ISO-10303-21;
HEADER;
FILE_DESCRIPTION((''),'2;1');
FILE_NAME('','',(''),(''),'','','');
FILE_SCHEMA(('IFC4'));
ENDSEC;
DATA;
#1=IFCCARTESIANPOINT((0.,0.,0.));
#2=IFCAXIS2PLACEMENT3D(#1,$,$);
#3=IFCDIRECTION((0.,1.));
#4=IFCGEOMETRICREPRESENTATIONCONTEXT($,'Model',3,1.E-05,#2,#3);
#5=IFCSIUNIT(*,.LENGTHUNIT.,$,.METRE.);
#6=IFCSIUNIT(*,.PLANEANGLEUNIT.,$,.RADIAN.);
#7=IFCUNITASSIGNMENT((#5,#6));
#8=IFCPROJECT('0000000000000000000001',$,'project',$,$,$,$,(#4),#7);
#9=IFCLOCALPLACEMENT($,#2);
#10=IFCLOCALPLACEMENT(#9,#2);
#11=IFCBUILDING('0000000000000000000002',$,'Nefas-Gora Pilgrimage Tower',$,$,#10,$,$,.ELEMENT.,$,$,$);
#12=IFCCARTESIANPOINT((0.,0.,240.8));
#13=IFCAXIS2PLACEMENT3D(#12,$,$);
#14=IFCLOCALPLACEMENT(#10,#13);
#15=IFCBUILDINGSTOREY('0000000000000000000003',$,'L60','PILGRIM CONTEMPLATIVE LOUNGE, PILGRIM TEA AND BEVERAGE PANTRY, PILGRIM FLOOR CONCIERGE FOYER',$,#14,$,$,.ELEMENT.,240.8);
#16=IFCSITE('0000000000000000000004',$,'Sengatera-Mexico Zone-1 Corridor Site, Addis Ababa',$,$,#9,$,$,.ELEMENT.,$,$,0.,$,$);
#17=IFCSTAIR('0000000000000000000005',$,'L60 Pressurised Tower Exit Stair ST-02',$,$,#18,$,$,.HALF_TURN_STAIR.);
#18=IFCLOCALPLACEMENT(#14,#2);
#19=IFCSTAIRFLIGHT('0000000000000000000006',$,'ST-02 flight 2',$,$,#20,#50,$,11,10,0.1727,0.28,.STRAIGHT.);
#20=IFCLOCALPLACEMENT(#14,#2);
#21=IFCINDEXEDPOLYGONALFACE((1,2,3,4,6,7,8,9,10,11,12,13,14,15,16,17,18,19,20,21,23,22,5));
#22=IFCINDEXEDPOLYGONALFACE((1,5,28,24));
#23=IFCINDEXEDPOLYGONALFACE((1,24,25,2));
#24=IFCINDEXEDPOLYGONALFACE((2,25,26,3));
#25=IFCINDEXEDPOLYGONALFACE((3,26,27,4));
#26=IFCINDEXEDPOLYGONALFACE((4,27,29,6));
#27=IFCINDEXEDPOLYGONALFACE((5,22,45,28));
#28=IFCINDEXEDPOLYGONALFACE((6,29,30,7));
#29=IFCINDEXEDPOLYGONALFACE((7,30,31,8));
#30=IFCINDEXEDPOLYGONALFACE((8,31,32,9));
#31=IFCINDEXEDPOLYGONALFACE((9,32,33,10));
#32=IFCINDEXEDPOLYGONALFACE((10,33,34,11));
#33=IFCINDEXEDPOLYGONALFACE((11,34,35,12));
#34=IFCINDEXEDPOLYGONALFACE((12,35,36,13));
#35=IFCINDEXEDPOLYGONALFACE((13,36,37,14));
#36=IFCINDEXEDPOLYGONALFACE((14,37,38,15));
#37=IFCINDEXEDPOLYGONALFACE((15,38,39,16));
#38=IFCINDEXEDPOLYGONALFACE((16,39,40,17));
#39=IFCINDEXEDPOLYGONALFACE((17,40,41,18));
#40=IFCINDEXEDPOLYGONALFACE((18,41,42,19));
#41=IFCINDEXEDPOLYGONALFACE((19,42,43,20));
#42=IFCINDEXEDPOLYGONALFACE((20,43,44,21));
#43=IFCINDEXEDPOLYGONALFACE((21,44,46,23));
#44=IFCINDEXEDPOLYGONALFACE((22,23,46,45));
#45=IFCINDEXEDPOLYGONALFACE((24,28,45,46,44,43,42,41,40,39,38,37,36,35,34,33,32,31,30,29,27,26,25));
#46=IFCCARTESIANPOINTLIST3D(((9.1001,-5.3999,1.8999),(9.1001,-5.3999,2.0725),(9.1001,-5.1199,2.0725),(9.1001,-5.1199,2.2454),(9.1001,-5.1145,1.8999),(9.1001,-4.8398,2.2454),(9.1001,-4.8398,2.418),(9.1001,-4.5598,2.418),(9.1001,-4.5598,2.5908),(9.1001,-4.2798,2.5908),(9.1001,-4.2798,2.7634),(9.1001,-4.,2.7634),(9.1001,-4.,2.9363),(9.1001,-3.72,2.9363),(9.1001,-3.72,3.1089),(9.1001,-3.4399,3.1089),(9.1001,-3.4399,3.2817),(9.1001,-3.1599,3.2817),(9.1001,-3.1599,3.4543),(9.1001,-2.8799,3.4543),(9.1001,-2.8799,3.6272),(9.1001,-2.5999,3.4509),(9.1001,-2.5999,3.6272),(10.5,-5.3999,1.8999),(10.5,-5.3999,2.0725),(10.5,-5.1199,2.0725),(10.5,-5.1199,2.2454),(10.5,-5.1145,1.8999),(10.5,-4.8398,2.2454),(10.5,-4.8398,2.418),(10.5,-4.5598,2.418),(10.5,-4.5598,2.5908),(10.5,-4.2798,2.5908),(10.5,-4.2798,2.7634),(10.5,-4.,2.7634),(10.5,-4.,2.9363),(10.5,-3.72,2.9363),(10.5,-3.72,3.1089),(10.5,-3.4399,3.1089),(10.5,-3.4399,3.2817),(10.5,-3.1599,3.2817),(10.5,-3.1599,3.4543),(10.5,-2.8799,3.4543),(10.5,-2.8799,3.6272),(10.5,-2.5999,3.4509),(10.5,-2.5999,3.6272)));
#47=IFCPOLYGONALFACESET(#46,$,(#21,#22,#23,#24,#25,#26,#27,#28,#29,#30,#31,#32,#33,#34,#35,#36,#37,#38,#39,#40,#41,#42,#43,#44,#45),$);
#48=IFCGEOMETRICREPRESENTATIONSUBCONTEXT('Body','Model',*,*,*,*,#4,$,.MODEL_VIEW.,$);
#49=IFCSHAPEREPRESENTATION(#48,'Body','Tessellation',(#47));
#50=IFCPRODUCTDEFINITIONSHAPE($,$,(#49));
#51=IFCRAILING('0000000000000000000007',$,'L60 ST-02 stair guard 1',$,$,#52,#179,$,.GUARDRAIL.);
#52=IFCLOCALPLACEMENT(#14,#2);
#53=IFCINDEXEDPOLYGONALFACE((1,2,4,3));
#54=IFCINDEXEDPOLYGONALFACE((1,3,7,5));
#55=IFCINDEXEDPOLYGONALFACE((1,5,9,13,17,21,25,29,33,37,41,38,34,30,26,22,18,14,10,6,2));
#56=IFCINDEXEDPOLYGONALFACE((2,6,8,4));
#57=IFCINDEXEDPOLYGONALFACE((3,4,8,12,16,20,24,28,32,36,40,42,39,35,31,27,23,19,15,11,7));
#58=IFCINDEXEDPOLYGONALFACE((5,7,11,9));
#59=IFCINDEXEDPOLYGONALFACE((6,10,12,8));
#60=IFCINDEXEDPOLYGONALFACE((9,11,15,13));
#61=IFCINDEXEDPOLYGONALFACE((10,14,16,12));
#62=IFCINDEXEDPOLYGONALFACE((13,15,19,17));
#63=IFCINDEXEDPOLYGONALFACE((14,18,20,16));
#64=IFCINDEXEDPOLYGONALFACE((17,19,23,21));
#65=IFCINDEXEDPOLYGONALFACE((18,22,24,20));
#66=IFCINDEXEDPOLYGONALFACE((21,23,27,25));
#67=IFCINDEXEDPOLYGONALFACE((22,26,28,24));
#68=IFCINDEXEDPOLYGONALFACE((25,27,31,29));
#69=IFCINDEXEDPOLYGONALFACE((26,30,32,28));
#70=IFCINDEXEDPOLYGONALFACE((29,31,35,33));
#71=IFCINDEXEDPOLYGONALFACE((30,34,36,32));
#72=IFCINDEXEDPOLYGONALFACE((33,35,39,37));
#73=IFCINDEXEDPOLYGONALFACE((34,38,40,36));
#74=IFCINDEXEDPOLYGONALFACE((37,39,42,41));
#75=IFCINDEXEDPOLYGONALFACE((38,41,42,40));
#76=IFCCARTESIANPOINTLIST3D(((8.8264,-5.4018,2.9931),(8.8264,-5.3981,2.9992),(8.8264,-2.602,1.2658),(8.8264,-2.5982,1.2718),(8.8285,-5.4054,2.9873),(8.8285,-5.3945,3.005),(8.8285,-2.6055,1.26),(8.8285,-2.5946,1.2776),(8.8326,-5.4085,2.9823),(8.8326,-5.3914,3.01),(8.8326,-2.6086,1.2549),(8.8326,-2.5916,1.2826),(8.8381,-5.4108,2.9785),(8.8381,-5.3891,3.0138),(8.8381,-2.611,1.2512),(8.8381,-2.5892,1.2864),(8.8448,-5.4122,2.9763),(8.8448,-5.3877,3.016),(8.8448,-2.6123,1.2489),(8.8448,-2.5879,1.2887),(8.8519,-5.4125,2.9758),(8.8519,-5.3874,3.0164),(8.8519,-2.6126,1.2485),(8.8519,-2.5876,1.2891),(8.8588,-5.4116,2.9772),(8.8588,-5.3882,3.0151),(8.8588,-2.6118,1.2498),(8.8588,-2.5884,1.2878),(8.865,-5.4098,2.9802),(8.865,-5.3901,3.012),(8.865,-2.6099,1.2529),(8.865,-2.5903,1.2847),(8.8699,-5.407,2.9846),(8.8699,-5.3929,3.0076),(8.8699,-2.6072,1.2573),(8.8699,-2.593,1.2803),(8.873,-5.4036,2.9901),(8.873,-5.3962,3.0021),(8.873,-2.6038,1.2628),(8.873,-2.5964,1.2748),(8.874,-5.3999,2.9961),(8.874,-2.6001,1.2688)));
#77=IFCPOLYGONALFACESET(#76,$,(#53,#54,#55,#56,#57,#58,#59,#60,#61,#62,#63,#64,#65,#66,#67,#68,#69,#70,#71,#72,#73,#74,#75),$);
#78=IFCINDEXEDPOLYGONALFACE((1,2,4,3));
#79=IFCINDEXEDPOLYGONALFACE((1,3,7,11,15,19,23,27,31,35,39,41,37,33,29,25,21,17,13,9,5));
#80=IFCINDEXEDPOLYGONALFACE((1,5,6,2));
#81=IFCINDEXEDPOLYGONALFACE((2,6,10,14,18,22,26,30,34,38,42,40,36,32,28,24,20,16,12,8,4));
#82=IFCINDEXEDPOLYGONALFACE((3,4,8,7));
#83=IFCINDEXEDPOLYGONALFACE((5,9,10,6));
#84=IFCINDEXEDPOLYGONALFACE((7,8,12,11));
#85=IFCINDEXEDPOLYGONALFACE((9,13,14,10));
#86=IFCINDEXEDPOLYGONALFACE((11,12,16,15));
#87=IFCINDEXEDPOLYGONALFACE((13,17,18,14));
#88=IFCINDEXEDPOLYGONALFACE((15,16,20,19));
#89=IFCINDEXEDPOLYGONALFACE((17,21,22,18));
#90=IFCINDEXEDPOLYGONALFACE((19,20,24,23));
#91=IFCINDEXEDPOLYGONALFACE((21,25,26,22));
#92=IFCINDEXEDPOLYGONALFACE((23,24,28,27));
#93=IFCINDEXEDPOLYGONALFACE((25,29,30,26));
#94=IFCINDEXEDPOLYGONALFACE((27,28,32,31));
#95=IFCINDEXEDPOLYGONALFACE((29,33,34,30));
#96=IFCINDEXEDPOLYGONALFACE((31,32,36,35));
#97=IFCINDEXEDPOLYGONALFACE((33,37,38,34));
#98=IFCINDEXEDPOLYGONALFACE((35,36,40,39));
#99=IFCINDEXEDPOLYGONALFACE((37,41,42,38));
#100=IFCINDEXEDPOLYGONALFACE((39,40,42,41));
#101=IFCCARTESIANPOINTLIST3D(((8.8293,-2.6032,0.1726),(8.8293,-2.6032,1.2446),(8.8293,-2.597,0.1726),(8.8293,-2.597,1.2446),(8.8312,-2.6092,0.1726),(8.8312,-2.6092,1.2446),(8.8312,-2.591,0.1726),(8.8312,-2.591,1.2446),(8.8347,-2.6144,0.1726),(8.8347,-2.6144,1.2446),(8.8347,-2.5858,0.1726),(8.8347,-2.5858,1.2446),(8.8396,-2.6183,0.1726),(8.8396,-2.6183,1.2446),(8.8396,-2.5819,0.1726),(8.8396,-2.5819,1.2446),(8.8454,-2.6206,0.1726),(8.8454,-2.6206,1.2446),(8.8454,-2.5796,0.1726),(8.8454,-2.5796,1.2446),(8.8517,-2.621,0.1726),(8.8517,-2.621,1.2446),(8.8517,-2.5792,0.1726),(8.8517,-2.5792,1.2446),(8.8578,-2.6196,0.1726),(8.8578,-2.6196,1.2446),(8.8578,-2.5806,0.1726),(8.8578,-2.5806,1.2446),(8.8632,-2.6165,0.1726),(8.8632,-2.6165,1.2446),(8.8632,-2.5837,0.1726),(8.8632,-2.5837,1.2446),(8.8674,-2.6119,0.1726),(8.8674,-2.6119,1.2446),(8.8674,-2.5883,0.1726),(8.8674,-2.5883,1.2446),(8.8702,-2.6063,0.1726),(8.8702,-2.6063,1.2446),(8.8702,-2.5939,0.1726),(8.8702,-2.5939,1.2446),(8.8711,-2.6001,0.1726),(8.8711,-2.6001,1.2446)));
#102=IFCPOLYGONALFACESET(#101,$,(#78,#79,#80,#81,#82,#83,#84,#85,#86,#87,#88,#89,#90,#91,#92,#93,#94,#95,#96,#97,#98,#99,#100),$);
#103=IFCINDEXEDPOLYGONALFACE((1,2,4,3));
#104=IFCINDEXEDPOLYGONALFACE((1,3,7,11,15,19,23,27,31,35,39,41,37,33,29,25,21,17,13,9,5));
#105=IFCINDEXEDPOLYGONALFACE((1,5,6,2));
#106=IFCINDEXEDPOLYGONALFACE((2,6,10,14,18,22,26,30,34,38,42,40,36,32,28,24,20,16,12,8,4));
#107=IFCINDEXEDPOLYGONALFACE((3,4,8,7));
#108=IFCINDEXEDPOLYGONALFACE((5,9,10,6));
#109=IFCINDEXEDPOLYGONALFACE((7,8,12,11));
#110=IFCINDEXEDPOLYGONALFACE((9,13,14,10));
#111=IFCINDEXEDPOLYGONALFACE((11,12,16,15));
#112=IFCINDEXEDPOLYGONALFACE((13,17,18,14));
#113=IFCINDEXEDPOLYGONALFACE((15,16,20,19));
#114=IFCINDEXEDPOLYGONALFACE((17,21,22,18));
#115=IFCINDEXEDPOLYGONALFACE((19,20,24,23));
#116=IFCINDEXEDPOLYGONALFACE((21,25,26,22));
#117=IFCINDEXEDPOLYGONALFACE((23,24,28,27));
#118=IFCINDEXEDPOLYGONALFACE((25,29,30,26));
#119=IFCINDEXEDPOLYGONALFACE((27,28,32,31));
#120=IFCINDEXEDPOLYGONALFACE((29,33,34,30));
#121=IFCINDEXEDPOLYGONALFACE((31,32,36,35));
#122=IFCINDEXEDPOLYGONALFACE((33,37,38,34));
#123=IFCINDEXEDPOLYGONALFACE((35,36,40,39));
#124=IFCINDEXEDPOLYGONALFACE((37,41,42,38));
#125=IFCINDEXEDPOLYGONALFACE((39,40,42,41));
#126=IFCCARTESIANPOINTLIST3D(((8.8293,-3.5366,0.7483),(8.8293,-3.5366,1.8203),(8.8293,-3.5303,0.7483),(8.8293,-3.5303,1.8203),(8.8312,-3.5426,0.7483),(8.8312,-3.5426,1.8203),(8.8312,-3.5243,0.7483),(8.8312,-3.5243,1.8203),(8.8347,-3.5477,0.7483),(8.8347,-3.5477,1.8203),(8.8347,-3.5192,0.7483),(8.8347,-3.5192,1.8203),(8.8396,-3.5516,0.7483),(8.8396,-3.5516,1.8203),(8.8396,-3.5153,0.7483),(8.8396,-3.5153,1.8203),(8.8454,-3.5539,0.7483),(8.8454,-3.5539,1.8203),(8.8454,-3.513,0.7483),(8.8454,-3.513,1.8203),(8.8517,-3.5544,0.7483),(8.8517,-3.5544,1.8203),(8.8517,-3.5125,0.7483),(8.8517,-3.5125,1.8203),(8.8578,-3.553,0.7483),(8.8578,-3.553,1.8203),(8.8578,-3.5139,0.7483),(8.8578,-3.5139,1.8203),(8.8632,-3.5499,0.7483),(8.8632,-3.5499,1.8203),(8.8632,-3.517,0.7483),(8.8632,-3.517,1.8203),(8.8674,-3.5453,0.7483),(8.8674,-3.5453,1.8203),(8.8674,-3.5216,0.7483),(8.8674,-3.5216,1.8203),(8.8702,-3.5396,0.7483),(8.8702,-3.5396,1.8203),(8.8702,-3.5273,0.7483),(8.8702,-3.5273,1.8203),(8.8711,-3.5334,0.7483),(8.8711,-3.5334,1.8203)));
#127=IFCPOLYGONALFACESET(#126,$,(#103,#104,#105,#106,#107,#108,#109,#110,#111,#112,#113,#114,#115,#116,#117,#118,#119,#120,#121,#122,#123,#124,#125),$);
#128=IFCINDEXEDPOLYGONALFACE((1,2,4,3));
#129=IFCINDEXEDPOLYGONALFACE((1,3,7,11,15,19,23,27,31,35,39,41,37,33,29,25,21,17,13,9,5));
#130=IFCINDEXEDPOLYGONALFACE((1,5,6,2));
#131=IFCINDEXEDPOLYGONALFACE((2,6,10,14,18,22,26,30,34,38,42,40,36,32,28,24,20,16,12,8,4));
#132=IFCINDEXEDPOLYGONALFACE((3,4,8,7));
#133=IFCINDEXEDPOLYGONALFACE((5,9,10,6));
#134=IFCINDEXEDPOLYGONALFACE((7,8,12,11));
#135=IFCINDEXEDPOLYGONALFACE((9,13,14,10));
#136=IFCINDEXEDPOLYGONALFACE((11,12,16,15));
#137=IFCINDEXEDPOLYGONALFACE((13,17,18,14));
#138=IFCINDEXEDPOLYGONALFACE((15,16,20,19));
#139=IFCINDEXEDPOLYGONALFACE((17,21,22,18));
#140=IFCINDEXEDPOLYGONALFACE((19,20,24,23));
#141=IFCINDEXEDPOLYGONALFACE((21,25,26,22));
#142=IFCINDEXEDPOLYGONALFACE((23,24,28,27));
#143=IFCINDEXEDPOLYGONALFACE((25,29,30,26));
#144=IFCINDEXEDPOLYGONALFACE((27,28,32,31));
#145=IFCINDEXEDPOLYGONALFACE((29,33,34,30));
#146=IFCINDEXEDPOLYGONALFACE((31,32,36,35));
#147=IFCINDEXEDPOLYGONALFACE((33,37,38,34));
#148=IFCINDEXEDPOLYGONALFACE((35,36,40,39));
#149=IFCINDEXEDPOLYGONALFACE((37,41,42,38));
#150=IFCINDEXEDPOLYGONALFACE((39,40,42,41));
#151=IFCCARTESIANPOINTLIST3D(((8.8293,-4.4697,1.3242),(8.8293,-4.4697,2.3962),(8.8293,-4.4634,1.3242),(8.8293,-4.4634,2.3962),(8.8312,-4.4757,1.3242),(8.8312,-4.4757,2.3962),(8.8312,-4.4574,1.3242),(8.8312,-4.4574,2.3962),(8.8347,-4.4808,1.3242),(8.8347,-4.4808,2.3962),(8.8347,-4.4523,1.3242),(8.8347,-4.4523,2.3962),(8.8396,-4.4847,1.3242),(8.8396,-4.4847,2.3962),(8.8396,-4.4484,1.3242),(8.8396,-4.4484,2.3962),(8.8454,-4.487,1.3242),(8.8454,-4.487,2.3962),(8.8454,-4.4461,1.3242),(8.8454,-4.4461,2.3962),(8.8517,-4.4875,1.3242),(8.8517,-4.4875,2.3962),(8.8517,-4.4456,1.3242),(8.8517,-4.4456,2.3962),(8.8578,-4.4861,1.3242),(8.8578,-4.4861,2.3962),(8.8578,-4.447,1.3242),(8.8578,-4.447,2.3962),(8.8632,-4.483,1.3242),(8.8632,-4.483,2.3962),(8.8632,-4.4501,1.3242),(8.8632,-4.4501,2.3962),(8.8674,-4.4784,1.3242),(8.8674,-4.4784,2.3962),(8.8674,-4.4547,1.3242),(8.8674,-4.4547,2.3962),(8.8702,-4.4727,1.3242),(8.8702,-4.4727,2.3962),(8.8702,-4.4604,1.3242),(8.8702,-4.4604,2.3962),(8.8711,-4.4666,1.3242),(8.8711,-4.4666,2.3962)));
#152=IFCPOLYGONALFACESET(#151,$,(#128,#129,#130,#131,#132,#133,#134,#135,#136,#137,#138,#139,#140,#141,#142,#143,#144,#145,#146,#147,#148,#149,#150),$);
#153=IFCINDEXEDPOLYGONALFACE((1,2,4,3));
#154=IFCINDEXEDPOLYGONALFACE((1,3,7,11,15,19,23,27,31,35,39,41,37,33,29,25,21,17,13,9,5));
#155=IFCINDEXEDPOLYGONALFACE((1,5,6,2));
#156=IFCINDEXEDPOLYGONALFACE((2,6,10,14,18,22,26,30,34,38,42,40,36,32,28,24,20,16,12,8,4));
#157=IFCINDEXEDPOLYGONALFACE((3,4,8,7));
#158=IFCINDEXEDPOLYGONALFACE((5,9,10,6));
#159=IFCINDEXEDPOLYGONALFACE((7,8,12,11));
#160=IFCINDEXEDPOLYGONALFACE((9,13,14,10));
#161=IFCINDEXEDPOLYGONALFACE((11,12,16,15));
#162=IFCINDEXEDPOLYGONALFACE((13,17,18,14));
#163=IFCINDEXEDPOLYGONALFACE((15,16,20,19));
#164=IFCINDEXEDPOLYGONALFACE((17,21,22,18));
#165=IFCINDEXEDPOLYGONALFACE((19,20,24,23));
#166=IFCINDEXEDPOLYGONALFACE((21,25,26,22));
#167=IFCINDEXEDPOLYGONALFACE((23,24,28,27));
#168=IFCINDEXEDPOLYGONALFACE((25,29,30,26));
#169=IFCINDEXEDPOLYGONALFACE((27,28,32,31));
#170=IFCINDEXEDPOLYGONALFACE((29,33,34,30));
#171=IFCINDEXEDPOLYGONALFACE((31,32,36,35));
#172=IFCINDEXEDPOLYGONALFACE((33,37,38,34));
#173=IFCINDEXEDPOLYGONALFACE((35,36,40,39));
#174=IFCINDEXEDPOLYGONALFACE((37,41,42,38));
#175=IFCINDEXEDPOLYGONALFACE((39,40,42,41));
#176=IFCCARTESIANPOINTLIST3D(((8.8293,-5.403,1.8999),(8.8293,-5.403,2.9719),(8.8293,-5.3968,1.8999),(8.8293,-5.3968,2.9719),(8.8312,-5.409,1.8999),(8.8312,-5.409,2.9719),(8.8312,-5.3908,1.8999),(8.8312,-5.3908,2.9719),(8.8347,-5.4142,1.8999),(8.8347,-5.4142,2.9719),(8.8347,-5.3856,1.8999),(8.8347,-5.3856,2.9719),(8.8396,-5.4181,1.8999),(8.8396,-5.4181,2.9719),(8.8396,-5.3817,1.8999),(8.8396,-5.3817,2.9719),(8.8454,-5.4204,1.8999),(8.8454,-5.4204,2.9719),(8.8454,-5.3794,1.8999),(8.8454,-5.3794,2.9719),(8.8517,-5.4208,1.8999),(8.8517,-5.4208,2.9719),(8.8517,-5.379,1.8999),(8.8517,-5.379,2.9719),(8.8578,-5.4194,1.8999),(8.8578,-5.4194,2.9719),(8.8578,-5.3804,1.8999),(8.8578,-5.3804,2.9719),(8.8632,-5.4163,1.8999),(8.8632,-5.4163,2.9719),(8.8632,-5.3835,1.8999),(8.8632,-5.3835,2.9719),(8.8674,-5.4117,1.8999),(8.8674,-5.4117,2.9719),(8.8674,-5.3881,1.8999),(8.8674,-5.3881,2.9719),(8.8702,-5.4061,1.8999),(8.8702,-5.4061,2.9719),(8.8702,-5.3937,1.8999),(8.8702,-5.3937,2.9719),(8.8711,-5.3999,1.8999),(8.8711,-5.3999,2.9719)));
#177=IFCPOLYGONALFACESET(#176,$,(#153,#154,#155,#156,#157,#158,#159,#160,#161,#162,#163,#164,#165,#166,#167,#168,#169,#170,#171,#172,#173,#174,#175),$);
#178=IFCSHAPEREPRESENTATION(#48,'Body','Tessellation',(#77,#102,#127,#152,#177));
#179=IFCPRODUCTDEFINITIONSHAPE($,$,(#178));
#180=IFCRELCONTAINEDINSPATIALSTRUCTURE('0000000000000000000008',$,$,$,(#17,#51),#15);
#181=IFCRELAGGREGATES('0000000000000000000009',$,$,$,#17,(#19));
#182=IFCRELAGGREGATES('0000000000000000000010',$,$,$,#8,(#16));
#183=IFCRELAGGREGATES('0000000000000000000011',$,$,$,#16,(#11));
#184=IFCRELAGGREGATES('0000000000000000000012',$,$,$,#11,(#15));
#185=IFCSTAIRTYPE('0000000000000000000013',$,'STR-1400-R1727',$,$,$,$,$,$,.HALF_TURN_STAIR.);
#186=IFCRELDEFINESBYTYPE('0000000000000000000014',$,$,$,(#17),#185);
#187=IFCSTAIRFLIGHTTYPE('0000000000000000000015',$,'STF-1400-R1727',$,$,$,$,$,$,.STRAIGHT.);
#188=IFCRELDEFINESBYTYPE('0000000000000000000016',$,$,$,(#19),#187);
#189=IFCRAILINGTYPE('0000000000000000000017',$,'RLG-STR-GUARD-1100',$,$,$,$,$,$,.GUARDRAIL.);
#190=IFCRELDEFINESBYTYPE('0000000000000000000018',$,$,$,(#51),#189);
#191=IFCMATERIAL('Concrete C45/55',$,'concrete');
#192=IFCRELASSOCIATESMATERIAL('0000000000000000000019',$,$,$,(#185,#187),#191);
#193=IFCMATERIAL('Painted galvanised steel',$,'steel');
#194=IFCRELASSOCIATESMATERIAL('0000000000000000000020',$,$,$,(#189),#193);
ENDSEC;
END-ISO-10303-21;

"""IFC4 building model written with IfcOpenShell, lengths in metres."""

from ifc_helpers import new_model, si_unit, direction, frame, origin, origin_2d, place, context, subcontext, project, spatial, polyline, circle, outline, extrude, source, transform, mapped, material, type_object, element, aggregate, save


model = new_model("IFC4")

# Units and contexts
model_context = context("Model", 3, precision=1e-05, world=origin(), true_north=direction((0.0, 1.0)))
body_context = subcontext(model_context, "Body", "Model", "MODEL_VIEW")
ifc_project = project(units=[si_unit("LENGTHUNIT", "METRE"), si_unit("PLANEANGLEUNIT", "RADIAN")], contexts=[model_context])

# Site, building, storey
site_placement = place(None, origin())
site = spatial("IfcSite", under=ifc_project, at=site_placement, Name="Sengatera-Mexico Zone-1 Corridor Site, Addis Ababa", CompositionType="ELEMENT", RefElevation=0.0)
building_placement = place(site_placement, origin())
building = spatial("IfcBuilding", under=site, at=building_placement, Name="Nefas-Gora Pilgrimage Tower", CompositionType="ELEMENT")
storey_placement = place(building_placement, frame((0.0, 0.0, 240.8)))
storey = spatial("IfcBuildingStorey", under=building, at=storey_placement, Name="L60", Description="PILGRIM CONTEMPLATIVE LOUNGE, PILGRIM TEA AND BEVERAGE PANTRY, PILGRIM FLOOR CONCIERGE FOYER", CompositionType="ELEMENT", Elevation=240.8)

# Shared definitions
ifc_material_1 = material(Name="Concrete C45/55", Category="concrete")
stair_type = type_object("IfcStairType", Name="STR-1400-R1727", PredefinedType="HALF_TURN_STAIR", material=ifc_material_1)

# Stair, stair flight
stair_1_placement = place(storey_placement, origin())
stair_1 = element("IfcStair", 1, at=stair_1_placement, inside=storey, type_object=stair_type, Name="L60 Pressurised Tower Exit Stair ST-02", PredefinedType="HALF_TURN_STAIR")
stair_flight_type = type_object("IfcStairFlightType", Name="STF-1400-R1727", PredefinedType="STRAIGHT", material=ifc_material_1)
shared_shape_1 = source(origin(), body_context, "Body", "SweptSolid", [
    extrude(outline(polyline([(0.0, 0.0), (0.0, 0.1726), (0.28, 0.1726), (0.28, 0.3455), (0.5601, 0.3455), (0.5601, 0.5181), (0.8401, 0.5181), (0.8401, 0.6909), (1.1201, 0.6909), (1.1201, 0.8635), (1.3999, 0.8635), (1.3999, 1.0364), (1.6799, 1.0364), (1.6799, 1.209), (1.96, 1.209), (1.96, 1.3818), (2.24, 1.3818), (2.24, 1.5544), (2.52, 1.5544), (2.52, 1.7273), (2.8, 1.7273), (2.8, 1.8999), (2.8, 1.551), (0.2854, 0.0), (0.0, 0.0)])), frame((0.0, 0.7, 0.0), z_axis=(0.0, -1.0, 0.0), x_axis=(1.0, 0.0, 0.0)), (0.0, 0.0, 1.0), 1.3999),
])
stair_flight_1_placement = place(storey_placement, frame((9.8, -5.3999, 1.8999), z_axis=(0.0, 0.0, 1.0), x_axis=(0.0, 1.0, 0.0)))
stair_flight_1 = element("IfcStairFlight", 2, at=stair_flight_1_placement, type_object=stair_flight_type, Name="ST-02 flight 2", NumberOfRisers=11, NumberOfTreads=10, PredefinedType="STRAIGHT", RiserHeight=0.1727, TreadLength=0.28, context=body_context, shape_type="MappedRepresentation", body=[
    mapped(shared_shape_1, transform((0.0, 0.0, 0.0), x_axis=(1.0, 0.0, 0.0), y_axis=(0.0, 1.0, 0.0), z_axis=(0.0, 0.0, 1.0), scale=1.0)),
])
aggregate(stair_1, [stair_flight_1])

# Railing
ifc_material_2 = material(Name="Painted galvanised steel", Category="steel")
railing_type_1 = type_object("IfcRailingType", Name="RLG-STR-GUARD-1100", PredefinedType="GUARDRAIL", material=ifc_material_2)
railing_1_placement = place(storey_placement, frame((8.8501, -2.6001, 0.1726)))
element("IfcRailing", 3, at=railing_1_placement, inside=storey, type_object=railing_type_1, Name="L60 ST-02 stair guard 1", PredefinedType="GUARDRAIL", context=body_context, shape_type="SweptSolid", body=[
    extrude(circle(Radius=0.0239, at=origin_2d()), frame((0.0, 0.0, 1.0962), z_axis=(0.0, -0.851069, 0.525054), x_axis=(1.0, 0.0, 0.0)), (0.0, 0.0, 1.0), 3.2898),
    extrude(circle(Radius=0.021, at=origin_2d()), origin(), (0.0, 0.0, 1.0), 1.072),
    extrude(circle(Radius=0.021, at=origin_2d()), frame((0.0, -0.9333, 0.5757)), (0.0, 0.0, 1.0), 1.072),
    extrude(circle(Radius=0.021, at=origin_2d()), frame((0.0, -1.8665, 1.1516)), (0.0, 0.0, 1.0), 1.072),
    extrude(circle(Radius=0.021, at=origin_2d()), frame((0.0, -2.7998, 1.7273)), (0.0, 0.0, 1.0), 1.072),
])

save(model, "model.ifc")
